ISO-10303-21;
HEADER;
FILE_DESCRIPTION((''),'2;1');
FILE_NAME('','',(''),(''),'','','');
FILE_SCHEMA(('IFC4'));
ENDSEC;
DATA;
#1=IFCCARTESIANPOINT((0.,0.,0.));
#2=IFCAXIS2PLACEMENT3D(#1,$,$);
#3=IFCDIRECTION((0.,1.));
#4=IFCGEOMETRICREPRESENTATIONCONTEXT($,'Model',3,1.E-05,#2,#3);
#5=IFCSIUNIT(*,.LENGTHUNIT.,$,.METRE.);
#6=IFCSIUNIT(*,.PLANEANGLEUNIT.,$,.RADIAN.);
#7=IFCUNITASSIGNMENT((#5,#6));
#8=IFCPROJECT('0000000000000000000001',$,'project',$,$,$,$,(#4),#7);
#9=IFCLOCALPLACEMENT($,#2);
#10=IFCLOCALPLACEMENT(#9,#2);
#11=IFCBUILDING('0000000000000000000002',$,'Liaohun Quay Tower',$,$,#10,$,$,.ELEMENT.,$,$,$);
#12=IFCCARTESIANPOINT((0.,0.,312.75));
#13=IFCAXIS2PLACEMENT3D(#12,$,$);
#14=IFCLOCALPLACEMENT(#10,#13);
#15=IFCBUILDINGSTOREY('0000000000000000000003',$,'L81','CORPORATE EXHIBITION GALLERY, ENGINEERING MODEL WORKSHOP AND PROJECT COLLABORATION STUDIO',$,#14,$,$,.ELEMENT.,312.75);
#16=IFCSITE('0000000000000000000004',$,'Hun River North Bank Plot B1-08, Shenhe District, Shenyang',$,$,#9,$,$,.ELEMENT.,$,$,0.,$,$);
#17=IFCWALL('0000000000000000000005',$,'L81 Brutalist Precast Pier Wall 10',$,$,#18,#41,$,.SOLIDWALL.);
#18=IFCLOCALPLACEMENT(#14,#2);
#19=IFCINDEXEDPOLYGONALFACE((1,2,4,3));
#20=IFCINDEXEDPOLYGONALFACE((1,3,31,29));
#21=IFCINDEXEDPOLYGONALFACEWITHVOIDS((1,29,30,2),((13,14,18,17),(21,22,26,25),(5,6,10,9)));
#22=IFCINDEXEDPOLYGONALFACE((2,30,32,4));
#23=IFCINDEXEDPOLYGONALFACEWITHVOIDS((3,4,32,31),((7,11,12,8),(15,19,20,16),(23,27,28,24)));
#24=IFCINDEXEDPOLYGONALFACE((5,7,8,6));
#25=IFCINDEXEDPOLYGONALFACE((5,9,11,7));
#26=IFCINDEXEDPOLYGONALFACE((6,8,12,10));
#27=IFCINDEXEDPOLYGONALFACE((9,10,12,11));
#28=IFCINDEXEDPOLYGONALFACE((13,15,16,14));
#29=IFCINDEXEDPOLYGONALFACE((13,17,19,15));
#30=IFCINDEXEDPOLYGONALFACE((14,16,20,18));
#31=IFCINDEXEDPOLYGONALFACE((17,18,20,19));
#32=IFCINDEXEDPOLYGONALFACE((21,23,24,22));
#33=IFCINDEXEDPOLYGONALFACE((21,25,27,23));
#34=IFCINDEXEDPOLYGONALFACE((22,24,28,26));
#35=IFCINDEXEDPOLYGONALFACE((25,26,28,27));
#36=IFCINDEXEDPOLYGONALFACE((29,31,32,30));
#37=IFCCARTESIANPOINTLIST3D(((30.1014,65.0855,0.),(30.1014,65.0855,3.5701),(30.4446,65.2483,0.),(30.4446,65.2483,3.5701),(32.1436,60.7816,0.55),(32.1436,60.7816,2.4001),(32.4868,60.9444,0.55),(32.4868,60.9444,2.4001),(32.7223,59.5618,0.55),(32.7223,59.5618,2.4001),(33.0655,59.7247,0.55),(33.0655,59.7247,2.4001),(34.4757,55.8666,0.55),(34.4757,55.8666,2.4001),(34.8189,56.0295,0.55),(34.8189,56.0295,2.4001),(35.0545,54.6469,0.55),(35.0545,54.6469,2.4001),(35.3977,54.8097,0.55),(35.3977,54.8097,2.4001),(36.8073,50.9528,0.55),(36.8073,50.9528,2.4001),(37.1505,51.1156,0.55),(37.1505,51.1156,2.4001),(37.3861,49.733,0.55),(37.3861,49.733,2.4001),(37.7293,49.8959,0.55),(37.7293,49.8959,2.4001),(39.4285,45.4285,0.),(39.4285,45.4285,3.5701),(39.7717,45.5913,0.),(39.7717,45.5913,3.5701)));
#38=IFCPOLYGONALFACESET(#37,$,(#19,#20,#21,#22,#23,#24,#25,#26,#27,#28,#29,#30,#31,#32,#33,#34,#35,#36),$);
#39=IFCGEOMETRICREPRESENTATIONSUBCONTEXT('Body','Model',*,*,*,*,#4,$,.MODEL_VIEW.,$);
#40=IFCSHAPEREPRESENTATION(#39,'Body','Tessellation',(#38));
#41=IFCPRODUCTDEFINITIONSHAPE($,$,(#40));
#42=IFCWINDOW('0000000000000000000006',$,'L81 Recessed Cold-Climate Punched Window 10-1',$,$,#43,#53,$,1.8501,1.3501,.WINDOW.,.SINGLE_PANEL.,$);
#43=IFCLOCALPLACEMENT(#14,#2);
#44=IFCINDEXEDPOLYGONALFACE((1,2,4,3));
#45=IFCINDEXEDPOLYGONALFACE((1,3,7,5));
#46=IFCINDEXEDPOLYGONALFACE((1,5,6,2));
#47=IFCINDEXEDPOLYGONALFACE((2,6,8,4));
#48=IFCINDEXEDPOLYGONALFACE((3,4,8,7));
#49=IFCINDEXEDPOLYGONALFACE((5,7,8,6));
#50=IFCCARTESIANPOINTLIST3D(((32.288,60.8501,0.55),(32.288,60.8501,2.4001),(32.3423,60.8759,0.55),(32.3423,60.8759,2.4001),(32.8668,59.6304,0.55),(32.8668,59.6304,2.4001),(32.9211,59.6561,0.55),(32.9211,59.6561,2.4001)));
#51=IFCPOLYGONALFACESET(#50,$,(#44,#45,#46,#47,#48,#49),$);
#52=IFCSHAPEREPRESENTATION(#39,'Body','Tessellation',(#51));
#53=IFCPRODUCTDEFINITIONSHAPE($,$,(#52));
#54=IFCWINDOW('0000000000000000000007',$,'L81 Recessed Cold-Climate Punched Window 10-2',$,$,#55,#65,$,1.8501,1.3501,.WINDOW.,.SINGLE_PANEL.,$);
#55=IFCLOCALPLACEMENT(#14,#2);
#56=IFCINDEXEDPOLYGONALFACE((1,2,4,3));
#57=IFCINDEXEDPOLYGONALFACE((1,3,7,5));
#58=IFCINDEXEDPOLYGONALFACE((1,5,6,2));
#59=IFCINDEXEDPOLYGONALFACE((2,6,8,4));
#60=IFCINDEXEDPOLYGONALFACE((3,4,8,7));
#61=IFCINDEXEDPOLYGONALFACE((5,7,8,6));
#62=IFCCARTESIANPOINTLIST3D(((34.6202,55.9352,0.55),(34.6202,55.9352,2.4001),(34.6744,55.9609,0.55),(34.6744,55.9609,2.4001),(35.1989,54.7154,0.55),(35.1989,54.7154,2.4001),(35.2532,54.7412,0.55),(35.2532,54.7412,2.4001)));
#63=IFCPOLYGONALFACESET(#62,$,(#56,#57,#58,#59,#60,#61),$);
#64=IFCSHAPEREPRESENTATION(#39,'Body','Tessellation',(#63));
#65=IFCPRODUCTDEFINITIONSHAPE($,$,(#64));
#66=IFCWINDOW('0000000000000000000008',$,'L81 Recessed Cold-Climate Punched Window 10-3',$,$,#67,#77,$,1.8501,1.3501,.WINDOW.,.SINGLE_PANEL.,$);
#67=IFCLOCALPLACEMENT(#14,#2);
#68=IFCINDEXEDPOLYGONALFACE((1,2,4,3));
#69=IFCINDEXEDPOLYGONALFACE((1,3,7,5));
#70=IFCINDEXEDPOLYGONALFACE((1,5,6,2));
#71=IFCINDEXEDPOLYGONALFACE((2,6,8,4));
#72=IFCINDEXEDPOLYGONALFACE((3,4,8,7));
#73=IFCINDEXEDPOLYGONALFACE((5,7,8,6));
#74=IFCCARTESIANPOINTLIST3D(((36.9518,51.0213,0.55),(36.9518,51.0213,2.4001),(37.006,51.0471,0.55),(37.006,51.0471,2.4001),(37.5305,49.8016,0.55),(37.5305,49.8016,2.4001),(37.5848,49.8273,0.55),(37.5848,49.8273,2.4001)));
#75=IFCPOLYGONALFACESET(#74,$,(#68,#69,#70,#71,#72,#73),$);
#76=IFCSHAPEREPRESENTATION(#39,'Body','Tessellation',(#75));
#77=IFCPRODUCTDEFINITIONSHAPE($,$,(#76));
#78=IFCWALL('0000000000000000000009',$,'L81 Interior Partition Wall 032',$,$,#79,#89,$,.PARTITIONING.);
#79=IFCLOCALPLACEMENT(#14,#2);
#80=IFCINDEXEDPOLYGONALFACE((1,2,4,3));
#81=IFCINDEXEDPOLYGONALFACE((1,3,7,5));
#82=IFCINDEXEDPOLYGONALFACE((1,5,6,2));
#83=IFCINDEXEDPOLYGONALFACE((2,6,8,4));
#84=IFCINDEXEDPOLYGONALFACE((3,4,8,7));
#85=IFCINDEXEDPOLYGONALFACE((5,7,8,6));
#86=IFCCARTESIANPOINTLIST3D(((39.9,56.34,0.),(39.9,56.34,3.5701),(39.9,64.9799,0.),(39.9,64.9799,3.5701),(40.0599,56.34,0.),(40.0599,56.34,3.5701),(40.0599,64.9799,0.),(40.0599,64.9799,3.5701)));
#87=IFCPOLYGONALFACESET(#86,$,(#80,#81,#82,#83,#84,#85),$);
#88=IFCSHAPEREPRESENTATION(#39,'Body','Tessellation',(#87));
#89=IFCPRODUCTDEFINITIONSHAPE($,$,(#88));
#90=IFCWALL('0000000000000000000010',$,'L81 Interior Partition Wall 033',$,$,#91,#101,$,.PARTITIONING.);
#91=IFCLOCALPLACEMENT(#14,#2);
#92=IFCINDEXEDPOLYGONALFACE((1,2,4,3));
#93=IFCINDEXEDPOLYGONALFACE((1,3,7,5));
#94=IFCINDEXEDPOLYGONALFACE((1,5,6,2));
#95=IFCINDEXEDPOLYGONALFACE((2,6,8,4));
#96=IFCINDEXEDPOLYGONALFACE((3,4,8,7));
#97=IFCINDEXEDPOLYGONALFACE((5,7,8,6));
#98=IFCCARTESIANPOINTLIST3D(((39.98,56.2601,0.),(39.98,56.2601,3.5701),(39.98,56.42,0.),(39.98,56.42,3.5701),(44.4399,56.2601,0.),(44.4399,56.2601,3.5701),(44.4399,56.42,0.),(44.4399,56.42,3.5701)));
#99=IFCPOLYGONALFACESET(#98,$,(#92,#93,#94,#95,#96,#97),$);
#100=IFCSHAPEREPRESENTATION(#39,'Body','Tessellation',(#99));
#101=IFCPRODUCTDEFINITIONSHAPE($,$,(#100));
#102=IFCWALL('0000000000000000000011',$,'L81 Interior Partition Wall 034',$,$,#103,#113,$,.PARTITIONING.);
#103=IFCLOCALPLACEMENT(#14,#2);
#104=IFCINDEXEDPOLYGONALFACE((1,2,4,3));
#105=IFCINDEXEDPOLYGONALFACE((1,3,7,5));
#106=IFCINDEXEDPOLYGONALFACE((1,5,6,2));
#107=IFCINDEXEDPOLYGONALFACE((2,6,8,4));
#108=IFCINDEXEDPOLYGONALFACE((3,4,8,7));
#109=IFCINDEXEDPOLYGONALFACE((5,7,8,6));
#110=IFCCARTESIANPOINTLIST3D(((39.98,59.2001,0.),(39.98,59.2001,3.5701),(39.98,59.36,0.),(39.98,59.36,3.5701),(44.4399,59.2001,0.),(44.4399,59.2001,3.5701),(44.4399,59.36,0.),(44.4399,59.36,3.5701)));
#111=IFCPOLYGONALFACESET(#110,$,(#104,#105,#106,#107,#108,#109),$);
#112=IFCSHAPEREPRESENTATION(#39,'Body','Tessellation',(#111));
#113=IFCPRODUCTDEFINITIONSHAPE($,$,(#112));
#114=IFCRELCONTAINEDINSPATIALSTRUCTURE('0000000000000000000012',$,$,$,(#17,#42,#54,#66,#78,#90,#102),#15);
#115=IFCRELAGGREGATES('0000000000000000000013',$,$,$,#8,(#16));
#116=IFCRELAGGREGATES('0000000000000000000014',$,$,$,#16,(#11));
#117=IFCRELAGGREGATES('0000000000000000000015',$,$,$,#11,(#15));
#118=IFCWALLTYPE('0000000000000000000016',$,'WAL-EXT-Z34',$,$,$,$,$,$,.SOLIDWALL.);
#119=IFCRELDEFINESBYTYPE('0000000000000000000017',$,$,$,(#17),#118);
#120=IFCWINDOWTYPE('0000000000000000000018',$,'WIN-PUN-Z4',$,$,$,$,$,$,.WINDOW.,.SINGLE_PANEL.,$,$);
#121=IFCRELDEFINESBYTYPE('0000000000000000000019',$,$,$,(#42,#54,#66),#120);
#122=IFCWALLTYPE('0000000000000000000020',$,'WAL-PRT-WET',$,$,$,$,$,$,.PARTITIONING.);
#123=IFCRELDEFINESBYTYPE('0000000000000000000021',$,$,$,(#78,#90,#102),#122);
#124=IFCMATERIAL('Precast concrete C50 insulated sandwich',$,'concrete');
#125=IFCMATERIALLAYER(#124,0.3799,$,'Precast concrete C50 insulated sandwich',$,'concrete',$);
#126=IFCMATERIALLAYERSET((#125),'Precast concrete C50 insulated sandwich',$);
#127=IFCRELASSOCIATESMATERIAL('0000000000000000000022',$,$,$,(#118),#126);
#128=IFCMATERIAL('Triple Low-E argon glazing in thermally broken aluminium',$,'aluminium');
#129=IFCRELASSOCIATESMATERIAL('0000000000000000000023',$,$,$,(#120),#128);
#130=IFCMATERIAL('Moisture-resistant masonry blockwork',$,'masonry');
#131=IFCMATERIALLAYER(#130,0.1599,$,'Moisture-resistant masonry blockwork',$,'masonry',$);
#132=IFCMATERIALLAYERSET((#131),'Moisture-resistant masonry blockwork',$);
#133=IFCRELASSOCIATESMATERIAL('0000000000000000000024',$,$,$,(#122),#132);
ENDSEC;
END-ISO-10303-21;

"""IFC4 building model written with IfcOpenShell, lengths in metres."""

from ifc_helpers import new_model, si_unit, direction, frame, frame_2d, origin, place, context, subcontext, project, spatial, rectangle, extrude, source, transform, mapped, material, layer, layer_set, type_object, element, fill, save


model = new_model("IFC4")

# Units and contexts
model_context = context("Model", 3, precision=1e-05, world=origin(), true_north=direction((0.0, 1.0)))
body_context = subcontext(model_context, "Body", "Model", "MODEL_VIEW")
ifc_project = project(units=[si_unit("LENGTHUNIT", "METRE"), si_unit("PLANEANGLEUNIT", "RADIAN")], contexts=[model_context])

# Site, building, storey
site_placement = place(None, origin())
site = spatial("IfcSite", under=ifc_project, at=site_placement, Name="Hun River North Bank Plot B1-08, Shenhe District, Shenyang", CompositionType="ELEMENT", RefElevation=0.0)
building_placement = place(site_placement, origin())
building = spatial("IfcBuilding", under=site, at=building_placement, Name="Liaohun Quay Tower", CompositionType="ELEMENT")
storey_placement = place(building_placement, frame((0.0, 0.0, 312.75)))
storey = spatial("IfcBuildingStorey", under=building, at=storey_placement, Name="L81", Description="CORPORATE EXHIBITION GALLERY, ENGINEERING MODEL WORKSHOP AND PROJECT COLLABORATION STUDIO", CompositionType="ELEMENT", Elevation=312.75)

# Shared definitions
ifc_material_1 = material(Name="Precast concrete C50 insulated sandwich", Category="concrete")
ifc_layer_1 = layer(ifc_material_1, 0.3799, Name="Precast concrete C50 insulated sandwich", Category="concrete")
ifc_layer_set_1 = layer_set([ifc_layer_1], Name="Precast concrete C50 insulated sandwich")
wall_type_1 = type_object("IfcWallType", Name="WAL-EXT-Z34", PredefinedType="SOLIDWALL", material=ifc_layer_set_1)

# Wall, openings, windows
wall_1_placement = place(storey_placement, frame((30.2729, 65.167, 0.0), z_axis=(0.0, 0.0, 1.0), x_axis=(0.428685, -0.903454, 0.0)))
wall_1 = element("IfcWall", 1, at=wall_1_placement, inside=storey, type_object=wall_type_1, Name="L81 Brutalist Precast Pier Wall 10", PredefinedType="SOLIDWALL", context=body_context, shape_type="SweptSolid", body=[
    extrude(rectangle(XDim=21.7576, YDim=0.3799, at=frame_2d((10.8789, 0.0))), origin(), (0.0, 0.0, 1.0), 3.5701),
])
shared_shape_1 = source(origin(), body_context, "Body", "SweptSolid", [
    extrude(rectangle(XDim=1.3501, YDim=1.8501, at=frame_2d((0.675, 0.925))), frame((0.0, 0.2, 0.0), z_axis=(0.0, -1.0, 0.0), x_axis=(1.0, 0.0, 0.0)), (0.0, 0.0, 1.0), 0.3999),
])
opening_1_placement = place(wall_1_placement, frame((4.7639, 0.0, 0.55)))
opening_1 = element("IfcOpeningElement", 2, at=opening_1_placement, cuts=wall_1, PredefinedType="OPENING", context=body_context, shape_type="MappedRepresentation", body=[
    mapped(shared_shape_1, transform((0.0, 0.0, 0.0), x_axis=(1.0, 0.0, 0.0), y_axis=(0.0, 1.0, 0.0), z_axis=(0.0, 0.0, 1.0), scale=1.0)),
])
opening_2_placement = place(wall_1_placement, frame((10.2041, 0.0, 0.55)))
opening_2 = element("IfcOpeningElement", 3, at=opening_2_placement, cuts=wall_1, PredefinedType="OPENING", context=body_context, shape_type="MappedRepresentation", body=[
    mapped(shared_shape_1, transform((0.0, 0.0, 0.0), x_axis=(1.0, 0.0, 0.0), y_axis=(0.0, 1.0, 0.0), z_axis=(0.0, 0.0, 1.0), scale=1.0)),
])
opening_3_placement = place(wall_1_placement, frame((15.6431, 0.0, 0.55)))
opening_3 = element("IfcOpeningElement", 4, at=opening_3_placement, cuts=wall_1, PredefinedType="OPENING", context=body_context, shape_type="MappedRepresentation", body=[
    mapped(shared_shape_1, transform((0.0, 0.0, 0.0), x_axis=(1.0, 0.0, 0.0), y_axis=(0.0, 1.0, 0.0), z_axis=(0.0, 0.0, 1.0), scale=1.0)),
])
ifc_material_2 = material(Name="Triple Low-E argon glazing in thermally broken aluminium", Category="aluminium")
window_type_1 = type_object("IfcWindowType", Name="WIN-PUN-Z4", PartitioningType="SINGLE_PANEL", PredefinedType="WINDOW", material=ifc_material_2)
shared_shape_2 = source(origin(), body_context, "Body", "SweptSolid", [
    extrude(rectangle(XDim=1.3501, YDim=1.8501, at=frame_2d((0.675, 0.925))), frame((0.0, 0.03, 0.0), z_axis=(0.0, -1.0, 0.0), x_axis=(1.0, 0.0, 0.0)), (0.0, 0.0, 1.0), 0.0601),
])
window_1_placement = place(opening_1_placement, origin())
window_1 = element("IfcWindow", 5, at=window_1_placement, inside=storey, type_object=window_type_1, Name="L81 Recessed Cold-Climate Punched Window 10-1", OverallHeight=1.8501, OverallWidth=1.3501, PartitioningType="SINGLE_PANEL", PredefinedType="WINDOW", context=body_context, shape_type="MappedRepresentation", body=[
    mapped(shared_shape_2, transform((0.0, 0.0, 0.0), x_axis=(1.0, 0.0, 0.0), y_axis=(0.0, 1.0, 0.0), z_axis=(0.0, 0.0, 1.0), scale=1.0)),
])
fill(opening_1, window_1)
window_2_placement = place(opening_2_placement, origin())
window_2 = element("IfcWindow", 6, at=window_2_placement, inside=storey, type_object=window_type_1, Name="L81 Recessed Cold-Climate Punched Window 10-2", OverallHeight=1.8501, OverallWidth=1.3501, PartitioningType="SINGLE_PANEL", PredefinedType="WINDOW", context=body_context, shape_type="MappedRepresentation", body=[
    mapped(shared_shape_2, transform((0.0, 0.0, 0.0), x_axis=(1.0, 0.0, 0.0), y_axis=(0.0, 1.0, 0.0), z_axis=(0.0, 0.0, 1.0), scale=1.0)),
])
fill(opening_2, window_2)
window_3_placement = place(opening_3_placement, origin())
window_3 = element("IfcWindow", 7, at=window_3_placement, inside=storey, type_object=window_type_1, Name="L81 Recessed Cold-Climate Punched Window 10-3", OverallHeight=1.8501, OverallWidth=1.3501, PartitioningType="SINGLE_PANEL", PredefinedType="WINDOW", context=body_context, shape_type="MappedRepresentation", body=[
    mapped(shared_shape_2, transform((0.0, 0.0, 0.0), x_axis=(1.0, 0.0, 0.0), y_axis=(0.0, 1.0, 0.0), z_axis=(0.0, 0.0, 1.0), scale=1.0)),
])
fill(opening_3, window_3)

# Walls
ifc_material_3 = material(Name="Moisture-resistant masonry blockwork", Category="masonry")
ifc_layer_2 = layer(ifc_material_3, 0.1599, Name="Moisture-resistant masonry blockwork", Category="masonry")
ifc_layer_set_2 = layer_set([ifc_layer_2], Name="Moisture-resistant masonry blockwork")
wall_type_2 = type_object("IfcWallType", Name="WAL-PRT-WET", PredefinedType="PARTITIONING", material=ifc_layer_set_2)
wall_2_placement = place(storey_placement, frame((39.98, 56.3401, 0.0), z_axis=(0.0, 0.0, 1.0), x_axis=(0.0, 1.0, 0.0)))
element("IfcWall", 8, at=wall_2_placement, inside=storey, type_object=wall_type_2, Name="L81 Interior Partition Wall 032", PredefinedType="PARTITIONING", context=body_context, shape_type="SweptSolid", body=[
    extrude(rectangle(XDim=8.6399, YDim=0.1599, at=frame_2d((4.3198, 0.0))), origin(), (0.0, 0.0, 1.0), 3.5701),
])
for number, where, z_axis, x_axis, name in (
    (9, (39.98, 56.3401, 0.0), (0.0, 0.0, 1.0), (1.0, 0.0, 0.0), "L81 Interior Partition Wall 033"),
    (10, (39.98, 59.28, 0.0), (0.0, 0.0, 1.0), (1.0, 0.0, 0.0), "L81 Interior Partition Wall 034"),
):
    element("IfcWall", number, at=place(storey_placement, frame(where, z_axis=z_axis, x_axis=x_axis)), inside=storey, type_object=wall_type_2, Name=name, PredefinedType="PARTITIONING", context=body_context, shape_type="SweptSolid", body=[
        extrude(rectangle(XDim=4.46, YDim=0.1599, at=frame_2d((2.23, 0.0))), origin(), (0.0, 0.0, 1.0), 3.5701),
    ])

save(model, "model.ifc")
